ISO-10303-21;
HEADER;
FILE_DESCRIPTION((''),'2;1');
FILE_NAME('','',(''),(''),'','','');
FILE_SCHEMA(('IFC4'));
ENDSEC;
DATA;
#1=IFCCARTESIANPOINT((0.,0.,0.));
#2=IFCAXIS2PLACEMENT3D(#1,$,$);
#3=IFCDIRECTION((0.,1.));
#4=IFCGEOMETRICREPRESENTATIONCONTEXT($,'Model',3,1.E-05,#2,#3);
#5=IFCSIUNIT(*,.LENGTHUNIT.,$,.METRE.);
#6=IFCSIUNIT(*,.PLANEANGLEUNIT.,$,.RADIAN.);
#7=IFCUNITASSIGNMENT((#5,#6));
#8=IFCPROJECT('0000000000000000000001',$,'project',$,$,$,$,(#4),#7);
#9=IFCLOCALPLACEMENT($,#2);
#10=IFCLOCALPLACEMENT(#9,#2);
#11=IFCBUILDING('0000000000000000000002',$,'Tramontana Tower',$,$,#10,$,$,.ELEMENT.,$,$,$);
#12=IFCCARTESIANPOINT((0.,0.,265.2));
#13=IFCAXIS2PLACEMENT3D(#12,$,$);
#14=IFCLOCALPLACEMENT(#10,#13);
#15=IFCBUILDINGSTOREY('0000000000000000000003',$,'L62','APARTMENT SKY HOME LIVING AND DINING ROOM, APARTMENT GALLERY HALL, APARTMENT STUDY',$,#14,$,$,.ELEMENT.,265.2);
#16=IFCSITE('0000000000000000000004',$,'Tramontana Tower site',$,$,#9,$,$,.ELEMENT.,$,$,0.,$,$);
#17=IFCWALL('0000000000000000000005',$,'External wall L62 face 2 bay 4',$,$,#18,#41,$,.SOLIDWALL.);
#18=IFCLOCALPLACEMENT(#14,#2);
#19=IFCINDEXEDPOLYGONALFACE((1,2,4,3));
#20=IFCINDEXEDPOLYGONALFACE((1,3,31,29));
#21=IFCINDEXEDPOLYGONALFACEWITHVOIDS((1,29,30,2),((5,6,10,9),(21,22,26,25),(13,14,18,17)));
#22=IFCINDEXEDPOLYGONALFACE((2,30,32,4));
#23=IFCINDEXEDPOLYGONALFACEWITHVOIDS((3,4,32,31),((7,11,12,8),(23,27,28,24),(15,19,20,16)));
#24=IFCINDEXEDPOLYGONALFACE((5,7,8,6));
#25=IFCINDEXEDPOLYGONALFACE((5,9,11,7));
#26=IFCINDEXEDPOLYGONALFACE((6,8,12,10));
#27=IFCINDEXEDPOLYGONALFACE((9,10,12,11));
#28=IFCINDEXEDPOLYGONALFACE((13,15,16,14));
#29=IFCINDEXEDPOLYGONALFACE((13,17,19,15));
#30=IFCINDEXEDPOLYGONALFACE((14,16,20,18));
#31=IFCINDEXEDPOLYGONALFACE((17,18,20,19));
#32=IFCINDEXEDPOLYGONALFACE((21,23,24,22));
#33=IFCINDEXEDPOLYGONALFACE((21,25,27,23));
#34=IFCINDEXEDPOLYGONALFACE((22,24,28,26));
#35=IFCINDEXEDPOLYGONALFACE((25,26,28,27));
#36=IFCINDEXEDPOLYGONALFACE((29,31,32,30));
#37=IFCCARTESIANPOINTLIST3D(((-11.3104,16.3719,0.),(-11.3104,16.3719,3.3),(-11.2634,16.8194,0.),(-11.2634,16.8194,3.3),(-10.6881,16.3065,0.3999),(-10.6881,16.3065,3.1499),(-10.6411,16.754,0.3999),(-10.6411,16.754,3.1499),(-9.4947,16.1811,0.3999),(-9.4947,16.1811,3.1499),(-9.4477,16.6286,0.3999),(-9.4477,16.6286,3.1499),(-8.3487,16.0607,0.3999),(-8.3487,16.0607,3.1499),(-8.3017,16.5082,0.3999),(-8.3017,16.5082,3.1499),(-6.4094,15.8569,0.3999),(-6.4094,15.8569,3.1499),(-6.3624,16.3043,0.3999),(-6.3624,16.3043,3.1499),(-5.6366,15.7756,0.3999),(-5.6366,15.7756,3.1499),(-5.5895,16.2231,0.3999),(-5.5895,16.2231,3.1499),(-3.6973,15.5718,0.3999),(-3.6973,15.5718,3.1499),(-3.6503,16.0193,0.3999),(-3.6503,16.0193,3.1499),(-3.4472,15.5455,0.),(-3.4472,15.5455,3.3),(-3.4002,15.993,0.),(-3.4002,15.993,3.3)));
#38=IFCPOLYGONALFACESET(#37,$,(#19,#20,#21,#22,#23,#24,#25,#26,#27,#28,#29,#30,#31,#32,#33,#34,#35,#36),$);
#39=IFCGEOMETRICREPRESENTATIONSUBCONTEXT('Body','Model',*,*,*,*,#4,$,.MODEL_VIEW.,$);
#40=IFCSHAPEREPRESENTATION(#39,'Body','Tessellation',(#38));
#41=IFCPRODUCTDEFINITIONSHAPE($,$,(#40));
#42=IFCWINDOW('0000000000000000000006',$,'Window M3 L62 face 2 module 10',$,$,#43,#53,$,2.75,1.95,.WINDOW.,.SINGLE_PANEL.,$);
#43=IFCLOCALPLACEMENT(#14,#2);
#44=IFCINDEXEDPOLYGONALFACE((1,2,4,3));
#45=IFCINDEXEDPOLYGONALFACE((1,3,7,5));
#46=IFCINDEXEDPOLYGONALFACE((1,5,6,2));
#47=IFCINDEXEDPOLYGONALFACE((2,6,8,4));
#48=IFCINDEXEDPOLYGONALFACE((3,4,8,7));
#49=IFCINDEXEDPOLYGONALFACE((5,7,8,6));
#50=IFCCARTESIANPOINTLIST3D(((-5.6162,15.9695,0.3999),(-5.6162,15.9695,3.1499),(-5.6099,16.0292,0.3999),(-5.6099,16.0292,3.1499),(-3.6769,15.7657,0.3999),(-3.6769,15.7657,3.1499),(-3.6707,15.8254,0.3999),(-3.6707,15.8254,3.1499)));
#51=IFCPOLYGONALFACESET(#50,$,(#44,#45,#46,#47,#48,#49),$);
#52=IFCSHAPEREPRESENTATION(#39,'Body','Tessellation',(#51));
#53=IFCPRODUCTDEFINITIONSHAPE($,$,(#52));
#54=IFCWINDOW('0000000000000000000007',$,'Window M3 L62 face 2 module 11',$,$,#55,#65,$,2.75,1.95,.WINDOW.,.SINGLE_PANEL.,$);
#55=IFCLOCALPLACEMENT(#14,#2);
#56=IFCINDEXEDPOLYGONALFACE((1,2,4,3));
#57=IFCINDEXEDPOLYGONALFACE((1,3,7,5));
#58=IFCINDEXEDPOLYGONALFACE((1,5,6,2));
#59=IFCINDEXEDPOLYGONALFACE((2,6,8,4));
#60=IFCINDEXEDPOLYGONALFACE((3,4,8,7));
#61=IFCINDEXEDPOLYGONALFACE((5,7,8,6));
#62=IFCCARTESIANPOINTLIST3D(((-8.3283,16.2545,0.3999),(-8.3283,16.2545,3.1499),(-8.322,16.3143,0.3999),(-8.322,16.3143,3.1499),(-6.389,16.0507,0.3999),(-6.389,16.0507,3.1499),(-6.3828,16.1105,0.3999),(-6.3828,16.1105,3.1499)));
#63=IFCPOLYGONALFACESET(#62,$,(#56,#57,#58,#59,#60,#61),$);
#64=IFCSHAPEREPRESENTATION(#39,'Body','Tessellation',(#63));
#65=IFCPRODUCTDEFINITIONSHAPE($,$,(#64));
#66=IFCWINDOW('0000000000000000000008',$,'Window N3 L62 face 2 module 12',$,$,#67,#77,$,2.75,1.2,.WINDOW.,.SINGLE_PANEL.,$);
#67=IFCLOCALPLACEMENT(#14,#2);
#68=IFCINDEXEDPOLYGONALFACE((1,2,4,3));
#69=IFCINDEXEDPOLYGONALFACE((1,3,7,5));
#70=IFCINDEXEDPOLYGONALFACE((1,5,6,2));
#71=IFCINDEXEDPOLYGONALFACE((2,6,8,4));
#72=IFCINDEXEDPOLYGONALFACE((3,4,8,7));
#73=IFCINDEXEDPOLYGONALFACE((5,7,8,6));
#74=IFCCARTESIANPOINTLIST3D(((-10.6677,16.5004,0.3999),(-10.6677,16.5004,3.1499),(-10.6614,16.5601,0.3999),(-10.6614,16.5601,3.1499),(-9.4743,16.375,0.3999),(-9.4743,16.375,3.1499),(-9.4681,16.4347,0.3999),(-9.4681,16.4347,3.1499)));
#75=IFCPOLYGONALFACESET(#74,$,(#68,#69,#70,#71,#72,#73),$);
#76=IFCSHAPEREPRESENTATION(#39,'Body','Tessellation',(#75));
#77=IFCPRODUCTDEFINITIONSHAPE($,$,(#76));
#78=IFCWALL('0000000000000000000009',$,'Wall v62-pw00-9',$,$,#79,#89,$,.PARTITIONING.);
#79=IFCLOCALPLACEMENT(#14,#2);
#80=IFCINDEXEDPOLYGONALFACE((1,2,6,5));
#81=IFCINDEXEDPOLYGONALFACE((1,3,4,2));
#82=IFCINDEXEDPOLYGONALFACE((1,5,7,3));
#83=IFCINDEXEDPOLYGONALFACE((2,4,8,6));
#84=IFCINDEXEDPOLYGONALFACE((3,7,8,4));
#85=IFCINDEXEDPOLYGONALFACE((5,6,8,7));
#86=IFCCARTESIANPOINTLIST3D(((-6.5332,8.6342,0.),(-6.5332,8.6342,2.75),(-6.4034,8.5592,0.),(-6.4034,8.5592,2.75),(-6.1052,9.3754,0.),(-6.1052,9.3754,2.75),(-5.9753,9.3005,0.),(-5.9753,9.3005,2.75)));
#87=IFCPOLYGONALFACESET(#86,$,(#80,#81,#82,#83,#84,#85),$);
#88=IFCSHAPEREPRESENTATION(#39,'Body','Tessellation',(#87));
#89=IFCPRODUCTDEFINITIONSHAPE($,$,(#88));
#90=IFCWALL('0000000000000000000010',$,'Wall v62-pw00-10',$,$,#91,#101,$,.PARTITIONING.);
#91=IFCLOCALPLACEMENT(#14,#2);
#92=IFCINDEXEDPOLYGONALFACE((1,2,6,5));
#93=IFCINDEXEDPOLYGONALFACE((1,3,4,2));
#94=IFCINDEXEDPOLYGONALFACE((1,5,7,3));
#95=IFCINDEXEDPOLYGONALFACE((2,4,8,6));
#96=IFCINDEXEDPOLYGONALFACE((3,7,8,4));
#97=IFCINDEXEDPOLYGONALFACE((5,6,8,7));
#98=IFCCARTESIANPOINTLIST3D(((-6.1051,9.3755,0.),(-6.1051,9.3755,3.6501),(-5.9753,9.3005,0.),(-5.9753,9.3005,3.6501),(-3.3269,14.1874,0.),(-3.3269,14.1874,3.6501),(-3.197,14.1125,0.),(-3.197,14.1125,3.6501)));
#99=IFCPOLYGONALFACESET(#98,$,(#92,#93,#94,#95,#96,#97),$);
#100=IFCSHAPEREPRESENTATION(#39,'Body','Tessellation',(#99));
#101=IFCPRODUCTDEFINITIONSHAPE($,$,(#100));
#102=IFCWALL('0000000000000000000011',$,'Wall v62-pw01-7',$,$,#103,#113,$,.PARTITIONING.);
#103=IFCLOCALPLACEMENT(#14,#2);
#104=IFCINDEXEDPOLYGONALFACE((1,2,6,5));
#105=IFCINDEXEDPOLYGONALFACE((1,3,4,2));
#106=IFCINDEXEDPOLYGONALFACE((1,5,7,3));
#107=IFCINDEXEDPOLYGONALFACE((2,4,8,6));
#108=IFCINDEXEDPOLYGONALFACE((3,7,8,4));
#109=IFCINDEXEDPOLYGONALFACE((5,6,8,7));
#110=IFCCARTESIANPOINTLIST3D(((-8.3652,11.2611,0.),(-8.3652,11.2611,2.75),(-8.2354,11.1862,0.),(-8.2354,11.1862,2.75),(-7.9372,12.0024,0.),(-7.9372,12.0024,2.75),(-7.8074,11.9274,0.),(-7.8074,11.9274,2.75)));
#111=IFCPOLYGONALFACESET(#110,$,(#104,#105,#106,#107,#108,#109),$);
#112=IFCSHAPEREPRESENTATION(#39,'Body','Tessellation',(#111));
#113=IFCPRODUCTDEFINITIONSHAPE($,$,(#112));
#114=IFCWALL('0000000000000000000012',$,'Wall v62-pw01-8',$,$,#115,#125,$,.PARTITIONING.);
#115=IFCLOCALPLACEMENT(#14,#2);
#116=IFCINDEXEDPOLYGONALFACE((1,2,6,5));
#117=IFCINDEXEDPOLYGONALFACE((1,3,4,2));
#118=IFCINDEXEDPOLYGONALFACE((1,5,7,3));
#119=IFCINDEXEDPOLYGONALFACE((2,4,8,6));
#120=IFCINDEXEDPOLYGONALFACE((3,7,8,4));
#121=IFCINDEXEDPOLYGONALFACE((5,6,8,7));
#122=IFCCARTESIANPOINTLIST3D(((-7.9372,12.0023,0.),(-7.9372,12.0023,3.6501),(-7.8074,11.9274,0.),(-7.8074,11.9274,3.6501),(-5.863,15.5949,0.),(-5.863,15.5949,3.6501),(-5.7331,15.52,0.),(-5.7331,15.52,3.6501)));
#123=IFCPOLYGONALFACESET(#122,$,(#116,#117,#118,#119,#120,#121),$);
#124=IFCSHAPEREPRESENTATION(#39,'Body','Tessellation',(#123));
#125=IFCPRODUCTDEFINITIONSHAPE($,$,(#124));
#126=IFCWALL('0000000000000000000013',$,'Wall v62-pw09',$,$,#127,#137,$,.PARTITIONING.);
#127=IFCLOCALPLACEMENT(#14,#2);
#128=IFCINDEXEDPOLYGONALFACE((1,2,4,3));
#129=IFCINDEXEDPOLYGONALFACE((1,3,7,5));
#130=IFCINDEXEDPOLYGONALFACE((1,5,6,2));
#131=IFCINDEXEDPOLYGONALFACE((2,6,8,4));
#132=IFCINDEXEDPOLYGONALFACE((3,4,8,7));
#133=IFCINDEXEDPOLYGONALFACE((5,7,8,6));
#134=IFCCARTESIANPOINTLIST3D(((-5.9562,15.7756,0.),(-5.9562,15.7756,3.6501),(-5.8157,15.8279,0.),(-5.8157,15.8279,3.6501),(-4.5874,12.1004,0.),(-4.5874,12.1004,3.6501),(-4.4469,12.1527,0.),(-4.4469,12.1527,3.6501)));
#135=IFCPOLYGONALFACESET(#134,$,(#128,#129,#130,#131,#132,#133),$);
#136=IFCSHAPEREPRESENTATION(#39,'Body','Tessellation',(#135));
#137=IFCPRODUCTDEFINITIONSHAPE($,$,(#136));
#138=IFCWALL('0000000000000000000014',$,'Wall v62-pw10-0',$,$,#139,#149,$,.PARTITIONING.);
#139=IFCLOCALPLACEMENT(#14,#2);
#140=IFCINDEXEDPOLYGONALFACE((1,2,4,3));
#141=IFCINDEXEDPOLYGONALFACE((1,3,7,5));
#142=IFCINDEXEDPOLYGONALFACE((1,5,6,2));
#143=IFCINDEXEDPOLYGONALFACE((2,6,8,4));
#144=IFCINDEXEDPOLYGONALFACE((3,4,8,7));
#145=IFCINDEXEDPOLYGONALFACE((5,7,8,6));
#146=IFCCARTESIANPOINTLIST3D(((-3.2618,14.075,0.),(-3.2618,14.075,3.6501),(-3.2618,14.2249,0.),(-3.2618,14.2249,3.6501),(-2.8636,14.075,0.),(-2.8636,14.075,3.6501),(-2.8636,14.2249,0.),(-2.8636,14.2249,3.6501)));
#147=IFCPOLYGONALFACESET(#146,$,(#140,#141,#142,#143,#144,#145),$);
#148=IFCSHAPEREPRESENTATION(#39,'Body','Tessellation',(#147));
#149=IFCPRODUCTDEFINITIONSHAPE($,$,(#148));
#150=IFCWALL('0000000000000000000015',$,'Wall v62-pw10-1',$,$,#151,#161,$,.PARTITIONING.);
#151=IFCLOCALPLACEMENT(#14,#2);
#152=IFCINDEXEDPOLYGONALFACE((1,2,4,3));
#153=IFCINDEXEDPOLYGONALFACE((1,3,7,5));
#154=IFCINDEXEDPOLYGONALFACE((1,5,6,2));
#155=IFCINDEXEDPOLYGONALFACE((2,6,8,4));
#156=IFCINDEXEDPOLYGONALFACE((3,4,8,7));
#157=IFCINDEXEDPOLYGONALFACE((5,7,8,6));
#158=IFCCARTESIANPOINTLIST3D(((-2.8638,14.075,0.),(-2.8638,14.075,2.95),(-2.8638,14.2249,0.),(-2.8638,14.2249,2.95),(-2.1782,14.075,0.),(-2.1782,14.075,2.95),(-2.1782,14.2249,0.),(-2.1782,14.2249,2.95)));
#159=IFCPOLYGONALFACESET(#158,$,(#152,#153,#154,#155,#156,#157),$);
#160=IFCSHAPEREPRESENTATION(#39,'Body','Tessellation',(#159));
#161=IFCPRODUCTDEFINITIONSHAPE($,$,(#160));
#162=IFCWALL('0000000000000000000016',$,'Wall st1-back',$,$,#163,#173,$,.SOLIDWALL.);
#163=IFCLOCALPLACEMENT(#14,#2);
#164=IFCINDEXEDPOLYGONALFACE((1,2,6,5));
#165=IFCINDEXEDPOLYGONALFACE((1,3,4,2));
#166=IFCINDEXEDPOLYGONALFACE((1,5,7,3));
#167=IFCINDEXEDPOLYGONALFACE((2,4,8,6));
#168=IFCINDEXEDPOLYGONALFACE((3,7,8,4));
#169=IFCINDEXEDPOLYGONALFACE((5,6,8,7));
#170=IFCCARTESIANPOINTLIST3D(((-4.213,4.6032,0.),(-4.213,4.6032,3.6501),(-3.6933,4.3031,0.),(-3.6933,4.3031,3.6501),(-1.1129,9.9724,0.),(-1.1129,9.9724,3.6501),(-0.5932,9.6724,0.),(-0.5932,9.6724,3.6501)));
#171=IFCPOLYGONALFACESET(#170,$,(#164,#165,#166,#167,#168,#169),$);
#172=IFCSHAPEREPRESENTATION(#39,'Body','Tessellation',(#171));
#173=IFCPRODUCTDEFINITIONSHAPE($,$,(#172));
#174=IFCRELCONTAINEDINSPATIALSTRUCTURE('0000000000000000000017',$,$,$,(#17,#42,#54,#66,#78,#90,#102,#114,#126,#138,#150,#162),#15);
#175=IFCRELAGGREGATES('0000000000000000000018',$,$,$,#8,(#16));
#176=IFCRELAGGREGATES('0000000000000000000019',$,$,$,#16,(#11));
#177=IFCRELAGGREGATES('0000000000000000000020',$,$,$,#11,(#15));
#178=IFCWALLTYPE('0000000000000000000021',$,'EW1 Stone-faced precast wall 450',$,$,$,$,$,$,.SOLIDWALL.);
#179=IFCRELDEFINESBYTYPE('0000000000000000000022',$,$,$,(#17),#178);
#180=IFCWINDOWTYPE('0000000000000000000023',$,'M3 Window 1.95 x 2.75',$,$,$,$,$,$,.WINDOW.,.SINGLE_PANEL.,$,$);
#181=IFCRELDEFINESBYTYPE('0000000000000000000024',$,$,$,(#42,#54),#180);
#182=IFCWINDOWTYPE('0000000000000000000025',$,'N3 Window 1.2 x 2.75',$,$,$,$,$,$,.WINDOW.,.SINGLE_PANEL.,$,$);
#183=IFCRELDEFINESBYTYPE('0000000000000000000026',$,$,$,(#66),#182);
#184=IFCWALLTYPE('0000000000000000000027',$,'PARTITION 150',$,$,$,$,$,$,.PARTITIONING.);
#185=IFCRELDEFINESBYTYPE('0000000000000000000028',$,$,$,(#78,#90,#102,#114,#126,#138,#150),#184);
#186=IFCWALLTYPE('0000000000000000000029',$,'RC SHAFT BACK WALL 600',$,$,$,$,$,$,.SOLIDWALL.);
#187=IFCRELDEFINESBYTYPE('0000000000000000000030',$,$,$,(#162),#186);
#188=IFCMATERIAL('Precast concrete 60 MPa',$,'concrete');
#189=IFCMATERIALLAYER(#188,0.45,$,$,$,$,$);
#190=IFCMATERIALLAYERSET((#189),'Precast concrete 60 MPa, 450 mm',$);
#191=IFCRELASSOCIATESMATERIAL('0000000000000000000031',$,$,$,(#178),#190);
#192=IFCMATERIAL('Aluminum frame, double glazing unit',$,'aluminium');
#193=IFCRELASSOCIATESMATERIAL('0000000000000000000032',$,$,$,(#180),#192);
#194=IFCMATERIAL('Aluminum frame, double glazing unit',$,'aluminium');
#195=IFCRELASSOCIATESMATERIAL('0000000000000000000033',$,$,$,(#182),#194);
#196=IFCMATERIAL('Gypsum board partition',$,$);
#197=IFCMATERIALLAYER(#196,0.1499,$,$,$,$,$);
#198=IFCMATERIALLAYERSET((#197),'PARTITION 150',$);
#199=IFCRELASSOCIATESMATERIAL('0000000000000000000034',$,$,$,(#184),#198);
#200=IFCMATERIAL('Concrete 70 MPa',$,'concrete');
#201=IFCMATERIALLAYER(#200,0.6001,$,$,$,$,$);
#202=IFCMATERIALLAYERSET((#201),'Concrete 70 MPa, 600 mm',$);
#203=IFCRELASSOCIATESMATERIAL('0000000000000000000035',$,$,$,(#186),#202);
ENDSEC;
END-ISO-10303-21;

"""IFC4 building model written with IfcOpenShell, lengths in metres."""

from ifc_helpers import new_model, si_unit, direction, frame, frame_2d, origin, place, context, subcontext, project, spatial, rectangle, extrude, material, layer, layer_set, type_object, element, fill, save


model = new_model("IFC4")

# Units and contexts
model_context = context("Model", 3, precision=1e-05, world=origin(), true_north=direction((0.0, 1.0)))
body_context = subcontext(model_context, "Body", "Model", "MODEL_VIEW")
ifc_project = project(units=[si_unit("LENGTHUNIT", "METRE"), si_unit("PLANEANGLEUNIT", "RADIAN")], contexts=[model_context])

# Site, building, storey
site_placement = place(None, origin())
site = spatial("IfcSite", under=ifc_project, at=site_placement, Name="Tramontana Tower site", CompositionType="ELEMENT", RefElevation=0.0)
building_placement = place(site_placement, origin())
building = spatial("IfcBuilding", under=site, at=building_placement, Name="Tramontana Tower", CompositionType="ELEMENT")
storey_placement = place(building_placement, frame((0.0, 0.0, 265.2)))
storey = spatial("IfcBuildingStorey", under=building, at=storey_placement, Name="L62", Description="APARTMENT SKY HOME LIVING AND DINING ROOM, APARTMENT GALLERY HALL, APARTMENT STUDY", CompositionType="ELEMENT", Elevation=265.2)

# Wall, openings, windows
ifc_material_1 = material(Name="Precast concrete 60 MPa", Category="concrete")
ifc_layer_1 = layer(ifc_material_1, 0.45)
ifc_layer_set_1 = layer_set([ifc_layer_1], Name="Precast concrete 60 MPa, 450 mm")
wall_type_1 = type_object("IfcWallType", Name="EW1 Stone-faced precast wall 450", PredefinedType="SOLIDWALL", material=ifc_layer_set_1)
wall_1_placement = place(storey_placement, frame((-3.4238, 15.7693, 0.0), z_axis=(0.0, 0.0, 1.0), x_axis=(-0.994523, 0.104522, 0.0)))
wall_1 = element("IfcWall", 1, at=wall_1_placement, inside=storey, type_object=wall_type_1, Name="External wall L62 face 2 bay 4", PredefinedType="SOLIDWALL", context=body_context, shape_type="SweptSolid", body=[
    extrude(rectangle(XDim=7.9065, YDim=0.45, at=frame_2d((3.9531, 0.0))), origin(), (0.0, 0.0, 1.0), 3.3),
])
opening_1_placement = place(wall_1_placement, frame((0.2512, 0.0, 0.3999)))
opening_1 = element("IfcOpeningElement", 2, at=opening_1_placement, cuts=wall_1, PredefinedType="OPENING", context=body_context, shape_type="SweptSolid", body=[
    extrude(rectangle(XDim=1.95, YDim=2.75, at=frame_2d((0.9751, 1.375))), frame((0.0, 0.2349, 0.0), z_axis=(0.0, -1.0, 0.0), x_axis=(1.0, 0.0, 0.0)), (0.0, 0.0, 1.0), 0.47),
])
opening_2_placement = place(wall_1_placement, frame((2.9783, 0.0, 0.3999)))
opening_2 = element("IfcOpeningElement", 3, at=opening_2_placement, cuts=wall_1, PredefinedType="OPENING", context=body_context, shape_type="SweptSolid", body=[
    extrude(rectangle(XDim=1.95, YDim=2.75, at=frame_2d((0.9751, 1.375))), frame((0.0, 0.2349, 0.0), z_axis=(0.0, -1.0, 0.0), x_axis=(1.0, 0.0, 0.0)), (0.0, 0.0, 1.0), 0.47),
])
opening_3_placement = place(wall_1_placement, frame((6.0806, 0.0, 0.3999)))
opening_3 = element("IfcOpeningElement", 4, at=opening_3_placement, cuts=wall_1, PredefinedType="OPENING", context=body_context, shape_type="SweptSolid", body=[
    extrude(rectangle(XDim=1.2, YDim=2.75, at=frame_2d((0.6001, 1.375))), frame((0.0, 0.2349, 0.0), z_axis=(0.0, -1.0, 0.0), x_axis=(1.0, 0.0, 0.0)), (0.0, 0.0, 1.0), 0.47),
])
ifc_material_2 = material(Name="Aluminum frame, double glazing unit", Category="aluminium")
window_type_1 = type_object("IfcWindowType", Name="M3 Window 1.95 x 2.75", PartitioningType="SINGLE_PANEL", PredefinedType="WINDOW", material=ifc_material_2)
window_1_placement = place(opening_1_placement, origin())
window_1 = element("IfcWindow", 5, at=window_1_placement, inside=storey, type_object=window_type_1, Name="Window M3 L62 face 2 module 10", OverallHeight=2.75, OverallWidth=1.95, PartitioningType="SINGLE_PANEL", PredefinedType="WINDOW", context=body_context, shape_type="SweptSolid", body=[
    extrude(rectangle(XDim=1.95, YDim=2.75, at=frame_2d((0.9751, 1.375))), frame((0.0, 0.03, 0.0), z_axis=(0.0, -1.0, 0.0), x_axis=(1.0, 0.0, 0.0)), (0.0, 0.0, 1.0), 0.0601),
])
fill(opening_1, window_1)
window_2_placement = place(opening_2_placement, origin())
window_2 = element("IfcWindow", 6, at=window_2_placement, inside=storey, type_object=window_type_1, Name="Window M3 L62 face 2 module 11", OverallHeight=2.75, OverallWidth=1.95, PartitioningType="SINGLE_PANEL", PredefinedType="WINDOW", context=body_context, shape_type="SweptSolid", body=[
    extrude(rectangle(XDim=1.95, YDim=2.75, at=frame_2d((0.9751, 1.375))), frame((0.0, 0.03, 0.0), z_axis=(0.0, -1.0, 0.0), x_axis=(1.0, 0.0, 0.0)), (0.0, 0.0, 1.0), 0.0601),
])
fill(opening_2, window_2)
ifc_material_3 = material(Name="Aluminum frame, double glazing unit", Category="aluminium")
window_type_2 = type_object("IfcWindowType", Name="N3 Window 1.2 x 2.75", PartitioningType="SINGLE_PANEL", PredefinedType="WINDOW", material=ifc_material_3)
window_3_placement = place(opening_3_placement, origin())
window_3 = element("IfcWindow", 7, at=window_3_placement, inside=storey, type_object=window_type_2, Name="Window N3 L62 face 2 module 12", OverallHeight=2.75, OverallWidth=1.2, PartitioningType="SINGLE_PANEL", PredefinedType="WINDOW", context=body_context, shape_type="SweptSolid", body=[
    extrude(rectangle(XDim=1.2, YDim=2.75, at=frame_2d((0.6001, 1.375))), frame((0.0, 0.03, 0.0), z_axis=(0.0, -1.0, 0.0), x_axis=(1.0, 0.0, 0.0)), (0.0, 0.0, 1.0), 0.0601),
])
fill(opening_3, window_3)

# Walls
ifc_material_4 = material(Name="Gypsum board partition")
ifc_layer_2 = layer(ifc_material_4, 0.1499)
ifc_layer_set_2 = layer_set([ifc_layer_2], Name="PARTITION 150")
wall_type_2 = type_object("IfcWallType", Name="PARTITION 150", PredefinedType="PARTITIONING", material=ifc_layer_set_2)
wall_2_placement = place(storey_placement, frame((-6.4683, 8.5967, 0.0), z_axis=(0.0, 0.0, 1.0), x_axis=(0.500035, 0.866005, 0.0)))
element("IfcWall", 8, at=wall_2_placement, inside=storey, type_object=wall_type_2, Name="Wall v62-pw00-9", PredefinedType="PARTITIONING", context=body_context, shape_type="SweptSolid", body=[
    extrude(rectangle(XDim=0.856, YDim=0.1499, at=frame_2d((0.428, 0.0))), origin(), (0.0, 0.0, 1.0), 2.75),
])
wall_3_placement = place(storey_placement, frame((-6.0403, 9.3379, 0.0), z_axis=(0.0, 0.0, 1.0), x_axis=(0.500014, 0.866017, 0.0)))
element("IfcWall", 9, at=wall_3_placement, inside=storey, type_object=wall_type_2, Name="Wall v62-pw00-10", PredefinedType="PARTITIONING", context=body_context, shape_type="SweptSolid", body=[
    extrude(rectangle(XDim=5.5564, YDim=0.1499, at=frame_2d((2.7783, 0.0))), origin(), (0.0, 0.0, 1.0), 3.6501),
])
wall_4_placement = place(storey_placement, frame((-8.3003, 11.2236, 0.0), z_axis=(0.0, 0.0, 1.0), x_axis=(0.500035, 0.866005, 0.0)))
element("IfcWall", 10, at=wall_4_placement, inside=storey, type_object=wall_type_2, Name="Wall v62-pw01-7", PredefinedType="PARTITIONING", context=body_context, shape_type="SweptSolid", body=[
    extrude(rectangle(XDim=0.856, YDim=0.1499, at=frame_2d((0.428, 0.0))), origin(), (0.0, 0.0, 1.0), 2.75),
])
wall_5_placement = place(storey_placement, frame((-7.8723, 11.9648, 0.0), z_axis=(0.0, 0.0, 1.0), x_axis=(0.500013, 0.866018, 0.0)))
element("IfcWall", 11, at=wall_5_placement, inside=storey, type_object=wall_type_2, Name="Wall v62-pw01-8", PredefinedType="PARTITIONING", context=body_context, shape_type="SweptSolid", body=[
    extrude(rectangle(XDim=4.1484, YDim=0.1499, at=frame_2d((2.0742, 0.0))), origin(), (0.0, 0.0, 1.0), 3.6501),
])
wall_6_placement = place(storey_placement, frame((-5.886, 15.8018, 0.0), z_axis=(0.0, 0.0, 1.0), x_axis=(0.349035, -0.93711, 0.0)))
element("IfcWall", 12, at=wall_6_placement, inside=storey, type_object=wall_type_2, Name="Wall v62-pw09", PredefinedType="PARTITIONING", context=body_context, shape_type="SweptSolid", body=[
    extrude(rectangle(XDim=3.9219, YDim=0.1499, at=frame_2d((1.9609, 0.0))), origin(), (0.0, 0.0, 1.0), 3.6501),
])
wall_7_placement = place(storey_placement, frame((-3.262, 14.1499, 0.0), z_axis=(0.0, 0.0, 1.0), x_axis=(1.0, 0.0, 0.0)))
element("IfcWall", 13, at=wall_7_placement, inside=storey, type_object=wall_type_2, Name="Wall v62-pw10-0", PredefinedType="PARTITIONING", context=body_context, shape_type="SweptSolid", body=[
    extrude(rectangle(XDim=0.3982, YDim=0.1499, at=frame_2d((0.1992, 0.0))), origin(), (0.0, 0.0, 1.0), 3.6501),
])
wall_8_placement = place(storey_placement, frame((-2.8638, 14.1499, 0.0), z_axis=(0.0, 0.0, 1.0), x_axis=(1.0, 0.0, 0.0)))
element("IfcWall", 14, at=wall_8_placement, inside=storey, type_object=wall_type_2, Name="Wall v62-pw10-1", PredefinedType="PARTITIONING", context=body_context, shape_type="SweptSolid", body=[
    extrude(rectangle(XDim=0.6855, YDim=0.1499, at=frame_2d((0.3428, 0.0))), origin(), (0.0, 0.0, 1.0), 2.95),
])
ifc_material_5 = material(Name="Concrete 70 MPa", Category="concrete")
ifc_layer_3 = layer(ifc_material_5, 0.6001)
ifc_layer_set_3 = layer_set([ifc_layer_3], Name="Concrete 70 MPa, 600 mm")
wall_type_3 = type_object("IfcWallType", Name="RC SHAFT BACK WALL 600", PredefinedType="SOLIDWALL", material=ifc_layer_set_3)
wall_9_placement = place(storey_placement, frame((-0.853, 9.8225, 0.0), z_axis=(0.0, 0.0, 1.0), x_axis=(-0.50001, -0.86602, 0.0)))
element("IfcWall", 15, at=wall_9_placement, inside=storey, type_object=wall_type_3, Name="Wall st1-back", PredefinedType="SOLIDWALL", context=body_context, shape_type="SweptSolid", body=[
    extrude(rectangle(XDim=6.2, YDim=0.6001, at=frame_2d((3.1001, 0.0))), origin(), (0.0, 0.0, 1.0), 3.6501),
])

save(model, "model.ifc")
